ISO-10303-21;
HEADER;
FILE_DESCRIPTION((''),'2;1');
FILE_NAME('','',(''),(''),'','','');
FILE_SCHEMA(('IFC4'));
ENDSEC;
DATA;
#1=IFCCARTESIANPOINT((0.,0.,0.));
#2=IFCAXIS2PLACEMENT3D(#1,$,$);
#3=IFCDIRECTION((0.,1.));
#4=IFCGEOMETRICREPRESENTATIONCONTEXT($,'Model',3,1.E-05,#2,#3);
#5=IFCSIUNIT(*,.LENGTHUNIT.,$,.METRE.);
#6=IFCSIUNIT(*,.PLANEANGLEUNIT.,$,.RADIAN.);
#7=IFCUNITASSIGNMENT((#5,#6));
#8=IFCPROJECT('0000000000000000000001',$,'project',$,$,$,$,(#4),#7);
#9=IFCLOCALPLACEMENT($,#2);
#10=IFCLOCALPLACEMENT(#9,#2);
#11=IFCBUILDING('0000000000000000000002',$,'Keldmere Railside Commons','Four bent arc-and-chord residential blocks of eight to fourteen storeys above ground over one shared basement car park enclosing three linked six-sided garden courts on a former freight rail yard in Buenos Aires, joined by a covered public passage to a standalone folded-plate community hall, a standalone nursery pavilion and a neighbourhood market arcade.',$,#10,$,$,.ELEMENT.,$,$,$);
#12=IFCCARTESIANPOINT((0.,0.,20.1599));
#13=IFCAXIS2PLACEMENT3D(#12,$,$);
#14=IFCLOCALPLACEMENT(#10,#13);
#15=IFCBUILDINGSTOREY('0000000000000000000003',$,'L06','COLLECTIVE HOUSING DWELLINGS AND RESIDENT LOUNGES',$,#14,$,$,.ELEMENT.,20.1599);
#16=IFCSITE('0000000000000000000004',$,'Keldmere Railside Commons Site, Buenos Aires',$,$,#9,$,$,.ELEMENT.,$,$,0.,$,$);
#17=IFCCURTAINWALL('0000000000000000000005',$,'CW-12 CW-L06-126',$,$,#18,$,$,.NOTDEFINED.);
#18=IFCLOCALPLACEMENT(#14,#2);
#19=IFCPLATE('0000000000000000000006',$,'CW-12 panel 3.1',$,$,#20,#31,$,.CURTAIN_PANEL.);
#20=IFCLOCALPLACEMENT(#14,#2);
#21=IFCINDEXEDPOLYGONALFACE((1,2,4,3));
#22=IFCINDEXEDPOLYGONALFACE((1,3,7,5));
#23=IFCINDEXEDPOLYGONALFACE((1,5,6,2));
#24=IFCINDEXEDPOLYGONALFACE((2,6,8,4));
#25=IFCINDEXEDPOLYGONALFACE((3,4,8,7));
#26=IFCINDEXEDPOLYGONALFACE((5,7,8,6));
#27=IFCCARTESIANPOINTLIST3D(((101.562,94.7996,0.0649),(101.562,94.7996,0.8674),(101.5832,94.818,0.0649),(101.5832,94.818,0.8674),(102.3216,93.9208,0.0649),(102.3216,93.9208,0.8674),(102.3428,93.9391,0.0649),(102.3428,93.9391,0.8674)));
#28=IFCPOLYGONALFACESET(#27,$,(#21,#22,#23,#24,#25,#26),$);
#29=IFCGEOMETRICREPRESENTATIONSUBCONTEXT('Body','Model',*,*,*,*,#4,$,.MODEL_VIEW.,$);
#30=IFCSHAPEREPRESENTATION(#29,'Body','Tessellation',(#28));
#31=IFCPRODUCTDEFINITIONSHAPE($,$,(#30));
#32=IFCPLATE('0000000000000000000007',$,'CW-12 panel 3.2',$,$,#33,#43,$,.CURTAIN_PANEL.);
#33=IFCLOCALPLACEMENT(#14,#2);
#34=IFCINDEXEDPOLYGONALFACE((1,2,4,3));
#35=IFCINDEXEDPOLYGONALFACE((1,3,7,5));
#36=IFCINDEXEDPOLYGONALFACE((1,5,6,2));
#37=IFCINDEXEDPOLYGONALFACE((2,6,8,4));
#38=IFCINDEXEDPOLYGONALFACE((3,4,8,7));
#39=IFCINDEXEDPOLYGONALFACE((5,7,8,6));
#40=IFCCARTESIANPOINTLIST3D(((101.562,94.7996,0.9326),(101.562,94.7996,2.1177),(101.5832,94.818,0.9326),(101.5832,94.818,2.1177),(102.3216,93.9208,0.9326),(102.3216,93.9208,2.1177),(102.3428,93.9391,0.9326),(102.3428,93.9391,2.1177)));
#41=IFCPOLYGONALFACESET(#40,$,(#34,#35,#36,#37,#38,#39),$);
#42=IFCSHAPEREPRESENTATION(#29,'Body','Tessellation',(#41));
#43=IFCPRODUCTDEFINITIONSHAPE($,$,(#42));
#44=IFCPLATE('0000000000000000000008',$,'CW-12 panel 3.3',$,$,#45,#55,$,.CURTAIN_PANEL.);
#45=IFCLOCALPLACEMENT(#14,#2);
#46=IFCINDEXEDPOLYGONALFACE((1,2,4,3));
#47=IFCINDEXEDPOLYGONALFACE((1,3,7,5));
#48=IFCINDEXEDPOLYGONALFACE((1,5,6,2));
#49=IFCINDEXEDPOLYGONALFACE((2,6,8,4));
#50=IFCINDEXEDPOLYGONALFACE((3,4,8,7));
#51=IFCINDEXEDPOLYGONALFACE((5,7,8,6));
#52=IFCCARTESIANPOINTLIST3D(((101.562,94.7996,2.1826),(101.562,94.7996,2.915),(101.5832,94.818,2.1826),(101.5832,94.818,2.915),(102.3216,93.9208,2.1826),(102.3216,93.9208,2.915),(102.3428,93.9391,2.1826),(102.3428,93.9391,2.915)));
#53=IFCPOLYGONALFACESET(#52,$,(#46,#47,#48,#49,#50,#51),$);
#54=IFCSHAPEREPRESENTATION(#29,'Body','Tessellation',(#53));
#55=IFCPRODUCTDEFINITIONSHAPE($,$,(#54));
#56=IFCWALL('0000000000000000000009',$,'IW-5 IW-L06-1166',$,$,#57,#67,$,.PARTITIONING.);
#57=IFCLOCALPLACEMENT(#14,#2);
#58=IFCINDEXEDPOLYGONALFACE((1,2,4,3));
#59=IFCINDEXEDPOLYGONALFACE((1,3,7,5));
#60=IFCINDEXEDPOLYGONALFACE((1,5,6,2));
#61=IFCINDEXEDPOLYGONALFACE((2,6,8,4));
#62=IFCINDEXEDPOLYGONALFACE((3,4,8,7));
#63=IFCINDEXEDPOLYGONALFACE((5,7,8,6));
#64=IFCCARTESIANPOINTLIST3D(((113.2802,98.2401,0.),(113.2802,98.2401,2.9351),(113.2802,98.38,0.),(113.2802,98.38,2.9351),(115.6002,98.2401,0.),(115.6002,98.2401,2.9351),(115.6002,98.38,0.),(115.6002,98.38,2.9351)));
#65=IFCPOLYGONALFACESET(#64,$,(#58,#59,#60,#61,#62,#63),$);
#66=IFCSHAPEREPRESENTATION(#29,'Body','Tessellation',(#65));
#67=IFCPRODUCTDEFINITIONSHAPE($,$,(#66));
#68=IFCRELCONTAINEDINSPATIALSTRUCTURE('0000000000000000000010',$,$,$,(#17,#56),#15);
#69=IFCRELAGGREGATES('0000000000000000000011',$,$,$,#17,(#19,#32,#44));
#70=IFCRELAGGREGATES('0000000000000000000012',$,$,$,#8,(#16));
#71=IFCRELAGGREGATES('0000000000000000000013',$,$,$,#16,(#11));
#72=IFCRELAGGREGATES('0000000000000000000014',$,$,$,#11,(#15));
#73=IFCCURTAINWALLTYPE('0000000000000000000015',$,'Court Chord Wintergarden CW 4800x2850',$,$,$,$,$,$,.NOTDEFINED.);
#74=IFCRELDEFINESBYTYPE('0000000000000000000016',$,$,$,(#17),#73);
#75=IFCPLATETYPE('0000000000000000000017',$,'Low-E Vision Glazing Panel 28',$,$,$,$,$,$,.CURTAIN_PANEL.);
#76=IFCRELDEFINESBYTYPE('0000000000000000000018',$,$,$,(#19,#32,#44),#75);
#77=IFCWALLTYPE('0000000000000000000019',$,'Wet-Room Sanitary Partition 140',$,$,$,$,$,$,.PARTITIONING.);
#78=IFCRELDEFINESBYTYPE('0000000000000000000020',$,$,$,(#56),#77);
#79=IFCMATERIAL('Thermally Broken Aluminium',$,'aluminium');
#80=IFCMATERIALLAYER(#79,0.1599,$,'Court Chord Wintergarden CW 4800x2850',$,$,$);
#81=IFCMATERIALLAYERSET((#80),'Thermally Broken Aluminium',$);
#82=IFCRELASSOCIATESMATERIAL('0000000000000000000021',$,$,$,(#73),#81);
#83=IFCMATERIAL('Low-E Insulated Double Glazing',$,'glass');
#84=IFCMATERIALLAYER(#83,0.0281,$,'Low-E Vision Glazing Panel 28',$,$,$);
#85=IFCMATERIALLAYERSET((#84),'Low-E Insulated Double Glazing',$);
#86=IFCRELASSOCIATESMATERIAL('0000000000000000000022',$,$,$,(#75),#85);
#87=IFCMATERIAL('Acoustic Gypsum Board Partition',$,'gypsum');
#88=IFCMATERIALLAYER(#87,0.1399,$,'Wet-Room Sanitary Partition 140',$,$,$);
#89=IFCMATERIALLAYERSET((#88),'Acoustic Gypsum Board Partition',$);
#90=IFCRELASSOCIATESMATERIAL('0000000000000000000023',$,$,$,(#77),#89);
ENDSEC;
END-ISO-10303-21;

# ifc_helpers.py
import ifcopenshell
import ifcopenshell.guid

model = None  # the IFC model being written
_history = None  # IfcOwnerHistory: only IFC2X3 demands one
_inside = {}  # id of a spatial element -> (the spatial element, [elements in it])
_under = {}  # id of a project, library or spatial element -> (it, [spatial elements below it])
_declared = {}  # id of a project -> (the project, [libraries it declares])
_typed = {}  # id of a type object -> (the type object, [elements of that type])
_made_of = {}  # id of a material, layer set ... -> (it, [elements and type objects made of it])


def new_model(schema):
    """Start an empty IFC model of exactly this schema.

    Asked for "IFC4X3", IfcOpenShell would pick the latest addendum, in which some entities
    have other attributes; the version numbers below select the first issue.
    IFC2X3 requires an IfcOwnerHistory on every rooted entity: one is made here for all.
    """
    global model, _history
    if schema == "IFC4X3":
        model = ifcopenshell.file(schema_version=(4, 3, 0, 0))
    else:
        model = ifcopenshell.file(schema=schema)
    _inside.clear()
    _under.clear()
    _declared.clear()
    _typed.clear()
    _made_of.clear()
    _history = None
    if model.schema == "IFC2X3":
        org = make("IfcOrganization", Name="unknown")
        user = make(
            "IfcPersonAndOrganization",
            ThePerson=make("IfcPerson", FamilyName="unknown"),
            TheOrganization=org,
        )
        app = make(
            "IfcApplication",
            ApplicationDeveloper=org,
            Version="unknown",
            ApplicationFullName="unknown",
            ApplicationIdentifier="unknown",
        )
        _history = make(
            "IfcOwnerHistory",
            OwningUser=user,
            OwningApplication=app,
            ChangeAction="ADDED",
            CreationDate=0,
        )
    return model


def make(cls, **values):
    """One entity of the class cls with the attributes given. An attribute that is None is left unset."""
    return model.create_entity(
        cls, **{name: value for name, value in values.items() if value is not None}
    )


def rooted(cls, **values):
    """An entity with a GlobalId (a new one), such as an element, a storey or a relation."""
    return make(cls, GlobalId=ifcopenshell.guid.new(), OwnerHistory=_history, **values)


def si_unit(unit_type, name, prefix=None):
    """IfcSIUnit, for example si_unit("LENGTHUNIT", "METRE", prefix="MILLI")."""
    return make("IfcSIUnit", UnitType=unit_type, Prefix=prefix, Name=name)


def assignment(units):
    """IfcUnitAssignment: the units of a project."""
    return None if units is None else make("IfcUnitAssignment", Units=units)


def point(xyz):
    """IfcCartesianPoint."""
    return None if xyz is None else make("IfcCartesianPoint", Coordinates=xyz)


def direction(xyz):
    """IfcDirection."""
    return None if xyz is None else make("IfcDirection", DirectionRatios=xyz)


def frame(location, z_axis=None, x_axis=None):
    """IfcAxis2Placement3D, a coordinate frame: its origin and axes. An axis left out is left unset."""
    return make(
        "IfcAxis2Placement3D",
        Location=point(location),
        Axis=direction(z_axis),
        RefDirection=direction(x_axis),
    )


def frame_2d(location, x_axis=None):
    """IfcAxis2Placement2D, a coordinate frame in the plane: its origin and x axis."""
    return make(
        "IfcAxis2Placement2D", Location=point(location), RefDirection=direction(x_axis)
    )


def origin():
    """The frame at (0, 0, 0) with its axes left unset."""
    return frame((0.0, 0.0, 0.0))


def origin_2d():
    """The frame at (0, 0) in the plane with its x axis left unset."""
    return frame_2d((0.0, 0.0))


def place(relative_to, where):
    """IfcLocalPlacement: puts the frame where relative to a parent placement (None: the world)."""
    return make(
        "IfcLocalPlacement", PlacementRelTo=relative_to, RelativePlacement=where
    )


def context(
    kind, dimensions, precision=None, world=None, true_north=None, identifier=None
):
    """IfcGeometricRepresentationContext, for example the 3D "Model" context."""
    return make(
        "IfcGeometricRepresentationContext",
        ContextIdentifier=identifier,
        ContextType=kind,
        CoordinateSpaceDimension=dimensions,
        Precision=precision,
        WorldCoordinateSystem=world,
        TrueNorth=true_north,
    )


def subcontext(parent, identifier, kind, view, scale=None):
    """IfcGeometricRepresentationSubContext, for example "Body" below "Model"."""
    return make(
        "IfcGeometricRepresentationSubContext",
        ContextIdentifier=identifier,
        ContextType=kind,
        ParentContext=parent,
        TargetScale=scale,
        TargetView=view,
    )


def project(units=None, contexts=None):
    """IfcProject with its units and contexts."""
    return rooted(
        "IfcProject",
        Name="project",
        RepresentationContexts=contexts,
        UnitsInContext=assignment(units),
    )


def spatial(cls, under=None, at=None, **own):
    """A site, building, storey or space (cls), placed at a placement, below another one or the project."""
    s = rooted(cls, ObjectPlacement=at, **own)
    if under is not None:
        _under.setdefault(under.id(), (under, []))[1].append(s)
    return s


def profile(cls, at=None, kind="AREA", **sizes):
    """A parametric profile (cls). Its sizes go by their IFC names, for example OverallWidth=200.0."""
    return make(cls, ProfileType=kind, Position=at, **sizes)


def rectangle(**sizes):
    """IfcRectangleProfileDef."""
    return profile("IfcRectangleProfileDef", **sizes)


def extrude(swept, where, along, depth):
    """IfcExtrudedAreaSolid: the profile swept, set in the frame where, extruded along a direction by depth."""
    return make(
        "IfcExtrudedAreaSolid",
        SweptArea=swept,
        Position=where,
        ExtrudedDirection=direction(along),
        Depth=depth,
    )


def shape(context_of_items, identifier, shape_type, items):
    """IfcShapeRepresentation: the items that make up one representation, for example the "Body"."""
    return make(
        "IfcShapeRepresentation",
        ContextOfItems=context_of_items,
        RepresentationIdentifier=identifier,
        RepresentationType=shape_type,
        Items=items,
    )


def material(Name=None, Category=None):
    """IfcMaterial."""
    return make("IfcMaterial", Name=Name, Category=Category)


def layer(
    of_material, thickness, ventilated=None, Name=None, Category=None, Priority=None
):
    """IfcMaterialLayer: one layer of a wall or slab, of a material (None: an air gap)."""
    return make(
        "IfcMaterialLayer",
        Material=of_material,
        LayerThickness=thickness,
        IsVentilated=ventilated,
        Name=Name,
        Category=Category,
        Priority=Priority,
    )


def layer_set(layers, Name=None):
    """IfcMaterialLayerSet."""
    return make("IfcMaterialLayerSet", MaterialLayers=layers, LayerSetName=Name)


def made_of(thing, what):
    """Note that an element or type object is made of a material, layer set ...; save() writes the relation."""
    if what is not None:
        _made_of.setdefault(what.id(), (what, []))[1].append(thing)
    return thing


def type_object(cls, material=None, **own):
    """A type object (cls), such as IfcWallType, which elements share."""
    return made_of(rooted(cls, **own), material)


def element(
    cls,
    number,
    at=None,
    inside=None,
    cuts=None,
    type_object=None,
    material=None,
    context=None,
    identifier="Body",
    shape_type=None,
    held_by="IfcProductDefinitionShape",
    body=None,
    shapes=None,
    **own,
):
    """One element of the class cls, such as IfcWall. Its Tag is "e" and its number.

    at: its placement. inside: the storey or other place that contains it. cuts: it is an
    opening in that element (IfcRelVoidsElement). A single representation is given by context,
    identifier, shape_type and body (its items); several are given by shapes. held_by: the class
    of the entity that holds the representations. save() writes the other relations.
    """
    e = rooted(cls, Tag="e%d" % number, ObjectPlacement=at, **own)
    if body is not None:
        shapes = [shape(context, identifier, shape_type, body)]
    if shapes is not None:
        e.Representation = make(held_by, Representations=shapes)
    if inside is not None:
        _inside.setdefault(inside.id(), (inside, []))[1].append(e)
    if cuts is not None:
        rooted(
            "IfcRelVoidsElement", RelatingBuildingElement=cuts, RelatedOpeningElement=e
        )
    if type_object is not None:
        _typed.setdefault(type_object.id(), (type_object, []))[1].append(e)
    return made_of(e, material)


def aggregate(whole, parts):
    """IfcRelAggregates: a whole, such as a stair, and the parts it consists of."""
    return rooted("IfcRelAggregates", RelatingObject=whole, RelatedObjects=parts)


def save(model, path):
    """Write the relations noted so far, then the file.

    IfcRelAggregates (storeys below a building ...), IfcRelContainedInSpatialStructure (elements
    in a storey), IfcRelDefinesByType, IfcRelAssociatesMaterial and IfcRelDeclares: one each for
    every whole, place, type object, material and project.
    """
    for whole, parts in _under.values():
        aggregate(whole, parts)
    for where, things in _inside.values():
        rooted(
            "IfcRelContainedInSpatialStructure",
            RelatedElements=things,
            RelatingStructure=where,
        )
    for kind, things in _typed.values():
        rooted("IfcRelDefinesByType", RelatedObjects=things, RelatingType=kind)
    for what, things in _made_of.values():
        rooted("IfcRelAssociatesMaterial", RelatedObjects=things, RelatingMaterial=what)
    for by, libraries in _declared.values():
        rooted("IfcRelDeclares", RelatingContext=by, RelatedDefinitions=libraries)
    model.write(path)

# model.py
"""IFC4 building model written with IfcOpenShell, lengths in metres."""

from ifc_helpers import new_model, si_unit, direction, frame, frame_2d, origin, origin_2d, place, context, subcontext, project, spatial, rectangle, extrude, material, layer, layer_set, type_object, element, aggregate, save


model = new_model("IFC4")

# Units and contexts
model_context = context("Model", 3, precision=1e-05, world=origin(), true_north=direction((0.0, 1.0)))
body_context = subcontext(model_context, "Body", "Model", "MODEL_VIEW")
ifc_project = project(units=[si_unit("LENGTHUNIT", "METRE"), si_unit("PLANEANGLEUNIT", "RADIAN")], contexts=[model_context])

# Site, building, storey
site_placement = place(None, origin())
site = spatial("IfcSite", under=ifc_project, at=site_placement, Name="Keldmere Railside Commons Site, Buenos Aires", CompositionType="ELEMENT", RefElevation=0.0)
building_placement = place(site_placement, origin())
building = spatial("IfcBuilding", under=site, at=building_placement, Name="Keldmere Railside Commons", Description="Four bent arc-and-chord residential blocks of eight to fourteen storeys above ground over one shared basement car park enclosing three linked six-sided garden courts on a former freight rail yard in Buenos Aires, joined by a covered public passage to a standalone folded-plate community hall, a standalone nursery pavilion and a neighbourhood market arcade.", CompositionType="ELEMENT")
storey_placement = place(building_placement, frame((0.0, 0.0, 20.1599)))
storey = spatial("IfcBuildingStorey", under=building, at=storey_placement, Name="L06", Description="COLLECTIVE HOUSING DWELLINGS AND RESIDENT LOUNGES", CompositionType="ELEMENT", Elevation=20.1599)

# Shared definitions
ifc_material_1 = material(Name="Thermally Broken Aluminium", Category="aluminium")

# Curtain wall
ifc_layer_1 = layer(ifc_material_1, 0.1599, Name="Court Chord Wintergarden CW 4800x2850")
ifc_layer_set_1 = layer_set([ifc_layer_1], Name="Thermally Broken Aluminium")
curtain_wall_type_1 = type_object("IfcCurtainWallType", Name="Court Chord Wintergarden CW 4800x2850", PredefinedType="NOTDEFINED", material=ifc_layer_set_1)
curtain_wall_1_placement = place(storey_placement, origin())
curtain_wall_1 = element("IfcCurtainWall", 1, at=curtain_wall_1_placement, inside=storey, type_object=curtain_wall_type_1, Name="CW-12 CW-L06-126", PredefinedType="NOTDEFINED")

# Plates
ifc_material_2 = material(Name="Low-E Insulated Double Glazing", Category="glass")
ifc_layer_2 = layer(ifc_material_2, 0.0281, Name="Low-E Vision Glazing Panel 28")
ifc_layer_set_2 = layer_set([ifc_layer_2], Name="Low-E Insulated Double Glazing")
plate_type_1 = type_object("IfcPlateType", Name="Low-E Vision Glazing Panel 28", PredefinedType="CURTAIN_PANEL", material=ifc_layer_set_2)
plate_1_placement = place(storey_placement, frame((101.9524, 94.3694, 0.0649), z_axis=(0.0, 0.0, 1.0), x_axis=(-0.653882, 0.756597, 0.0)))
plate_1 = element("IfcPlate", 2, at=plate_1_placement, type_object=plate_type_1, Name="CW-12 panel 3.1", PredefinedType="CURTAIN_PANEL", context=body_context, shape_type="SweptSolid", body=[
    extrude(rectangle(XDim=1.1616, YDim=0.0281, at=origin_2d()), origin(), (0.0, 0.0, 1.0), 0.8025),
])
plate_2_placement = place(storey_placement, frame((101.9524, 94.3694, 0.9326), z_axis=(0.0, 0.0, 1.0), x_axis=(-0.653882, 0.756597, 0.0)))
plate_2 = element("IfcPlate", 3, at=plate_2_placement, type_object=plate_type_1, Name="CW-12 panel 3.2", PredefinedType="CURTAIN_PANEL", context=body_context, shape_type="SweptSolid", body=[
    extrude(rectangle(XDim=1.1616, YDim=0.0281, at=origin_2d()), origin(), (0.0, 0.0, 1.0), 1.1851),
])
plate_3_placement = place(storey_placement, frame((101.9524, 94.3694, 2.1826), z_axis=(0.0, 0.0, 1.0), x_axis=(-0.653882, 0.756597, 0.0)))
plate_3 = element("IfcPlate", 4, at=plate_3_placement, type_object=plate_type_1, Name="CW-12 panel 3.3", PredefinedType="CURTAIN_PANEL", context=body_context, shape_type="SweptSolid", body=[
    extrude(rectangle(XDim=1.1616, YDim=0.0281, at=origin_2d()), origin(), (0.0, 0.0, 1.0), 0.7324),
])
aggregate(curtain_wall_1, [plate_1, plate_2, plate_3])

# Wall
ifc_material_3 = material(Name="Acoustic Gypsum Board Partition", Category="gypsum")
ifc_layer_3 = layer(ifc_material_3, 0.1399, Name="Wet-Room Sanitary Partition 140")
ifc_layer_set_3 = layer_set([ifc_layer_3], Name="Acoustic Gypsum Board Partition")
wall_type = type_object("IfcWallType", Name="Wet-Room Sanitary Partition 140", PredefinedType="PARTITIONING", material=ifc_layer_set_3)
wall_placement = place(storey_placement, frame((113.28, 98.3101, 0.0), z_axis=(0.0, 0.0, 1.0), x_axis=(1.0, 0.0, 0.0)))
element("IfcWall", 5, at=wall_placement, inside=storey, type_object=wall_type, Name="IW-5 IW-L06-1166", PredefinedType="PARTITIONING", context=body_context, shape_type="SweptSolid", body=[
    extrude(rectangle(XDim=2.3201, YDim=0.1399, at=frame_2d((1.1602, 0.0))), origin(), (0.0, 0.0, 1.0), 2.9351),
])

save(model, "model.ifc")
